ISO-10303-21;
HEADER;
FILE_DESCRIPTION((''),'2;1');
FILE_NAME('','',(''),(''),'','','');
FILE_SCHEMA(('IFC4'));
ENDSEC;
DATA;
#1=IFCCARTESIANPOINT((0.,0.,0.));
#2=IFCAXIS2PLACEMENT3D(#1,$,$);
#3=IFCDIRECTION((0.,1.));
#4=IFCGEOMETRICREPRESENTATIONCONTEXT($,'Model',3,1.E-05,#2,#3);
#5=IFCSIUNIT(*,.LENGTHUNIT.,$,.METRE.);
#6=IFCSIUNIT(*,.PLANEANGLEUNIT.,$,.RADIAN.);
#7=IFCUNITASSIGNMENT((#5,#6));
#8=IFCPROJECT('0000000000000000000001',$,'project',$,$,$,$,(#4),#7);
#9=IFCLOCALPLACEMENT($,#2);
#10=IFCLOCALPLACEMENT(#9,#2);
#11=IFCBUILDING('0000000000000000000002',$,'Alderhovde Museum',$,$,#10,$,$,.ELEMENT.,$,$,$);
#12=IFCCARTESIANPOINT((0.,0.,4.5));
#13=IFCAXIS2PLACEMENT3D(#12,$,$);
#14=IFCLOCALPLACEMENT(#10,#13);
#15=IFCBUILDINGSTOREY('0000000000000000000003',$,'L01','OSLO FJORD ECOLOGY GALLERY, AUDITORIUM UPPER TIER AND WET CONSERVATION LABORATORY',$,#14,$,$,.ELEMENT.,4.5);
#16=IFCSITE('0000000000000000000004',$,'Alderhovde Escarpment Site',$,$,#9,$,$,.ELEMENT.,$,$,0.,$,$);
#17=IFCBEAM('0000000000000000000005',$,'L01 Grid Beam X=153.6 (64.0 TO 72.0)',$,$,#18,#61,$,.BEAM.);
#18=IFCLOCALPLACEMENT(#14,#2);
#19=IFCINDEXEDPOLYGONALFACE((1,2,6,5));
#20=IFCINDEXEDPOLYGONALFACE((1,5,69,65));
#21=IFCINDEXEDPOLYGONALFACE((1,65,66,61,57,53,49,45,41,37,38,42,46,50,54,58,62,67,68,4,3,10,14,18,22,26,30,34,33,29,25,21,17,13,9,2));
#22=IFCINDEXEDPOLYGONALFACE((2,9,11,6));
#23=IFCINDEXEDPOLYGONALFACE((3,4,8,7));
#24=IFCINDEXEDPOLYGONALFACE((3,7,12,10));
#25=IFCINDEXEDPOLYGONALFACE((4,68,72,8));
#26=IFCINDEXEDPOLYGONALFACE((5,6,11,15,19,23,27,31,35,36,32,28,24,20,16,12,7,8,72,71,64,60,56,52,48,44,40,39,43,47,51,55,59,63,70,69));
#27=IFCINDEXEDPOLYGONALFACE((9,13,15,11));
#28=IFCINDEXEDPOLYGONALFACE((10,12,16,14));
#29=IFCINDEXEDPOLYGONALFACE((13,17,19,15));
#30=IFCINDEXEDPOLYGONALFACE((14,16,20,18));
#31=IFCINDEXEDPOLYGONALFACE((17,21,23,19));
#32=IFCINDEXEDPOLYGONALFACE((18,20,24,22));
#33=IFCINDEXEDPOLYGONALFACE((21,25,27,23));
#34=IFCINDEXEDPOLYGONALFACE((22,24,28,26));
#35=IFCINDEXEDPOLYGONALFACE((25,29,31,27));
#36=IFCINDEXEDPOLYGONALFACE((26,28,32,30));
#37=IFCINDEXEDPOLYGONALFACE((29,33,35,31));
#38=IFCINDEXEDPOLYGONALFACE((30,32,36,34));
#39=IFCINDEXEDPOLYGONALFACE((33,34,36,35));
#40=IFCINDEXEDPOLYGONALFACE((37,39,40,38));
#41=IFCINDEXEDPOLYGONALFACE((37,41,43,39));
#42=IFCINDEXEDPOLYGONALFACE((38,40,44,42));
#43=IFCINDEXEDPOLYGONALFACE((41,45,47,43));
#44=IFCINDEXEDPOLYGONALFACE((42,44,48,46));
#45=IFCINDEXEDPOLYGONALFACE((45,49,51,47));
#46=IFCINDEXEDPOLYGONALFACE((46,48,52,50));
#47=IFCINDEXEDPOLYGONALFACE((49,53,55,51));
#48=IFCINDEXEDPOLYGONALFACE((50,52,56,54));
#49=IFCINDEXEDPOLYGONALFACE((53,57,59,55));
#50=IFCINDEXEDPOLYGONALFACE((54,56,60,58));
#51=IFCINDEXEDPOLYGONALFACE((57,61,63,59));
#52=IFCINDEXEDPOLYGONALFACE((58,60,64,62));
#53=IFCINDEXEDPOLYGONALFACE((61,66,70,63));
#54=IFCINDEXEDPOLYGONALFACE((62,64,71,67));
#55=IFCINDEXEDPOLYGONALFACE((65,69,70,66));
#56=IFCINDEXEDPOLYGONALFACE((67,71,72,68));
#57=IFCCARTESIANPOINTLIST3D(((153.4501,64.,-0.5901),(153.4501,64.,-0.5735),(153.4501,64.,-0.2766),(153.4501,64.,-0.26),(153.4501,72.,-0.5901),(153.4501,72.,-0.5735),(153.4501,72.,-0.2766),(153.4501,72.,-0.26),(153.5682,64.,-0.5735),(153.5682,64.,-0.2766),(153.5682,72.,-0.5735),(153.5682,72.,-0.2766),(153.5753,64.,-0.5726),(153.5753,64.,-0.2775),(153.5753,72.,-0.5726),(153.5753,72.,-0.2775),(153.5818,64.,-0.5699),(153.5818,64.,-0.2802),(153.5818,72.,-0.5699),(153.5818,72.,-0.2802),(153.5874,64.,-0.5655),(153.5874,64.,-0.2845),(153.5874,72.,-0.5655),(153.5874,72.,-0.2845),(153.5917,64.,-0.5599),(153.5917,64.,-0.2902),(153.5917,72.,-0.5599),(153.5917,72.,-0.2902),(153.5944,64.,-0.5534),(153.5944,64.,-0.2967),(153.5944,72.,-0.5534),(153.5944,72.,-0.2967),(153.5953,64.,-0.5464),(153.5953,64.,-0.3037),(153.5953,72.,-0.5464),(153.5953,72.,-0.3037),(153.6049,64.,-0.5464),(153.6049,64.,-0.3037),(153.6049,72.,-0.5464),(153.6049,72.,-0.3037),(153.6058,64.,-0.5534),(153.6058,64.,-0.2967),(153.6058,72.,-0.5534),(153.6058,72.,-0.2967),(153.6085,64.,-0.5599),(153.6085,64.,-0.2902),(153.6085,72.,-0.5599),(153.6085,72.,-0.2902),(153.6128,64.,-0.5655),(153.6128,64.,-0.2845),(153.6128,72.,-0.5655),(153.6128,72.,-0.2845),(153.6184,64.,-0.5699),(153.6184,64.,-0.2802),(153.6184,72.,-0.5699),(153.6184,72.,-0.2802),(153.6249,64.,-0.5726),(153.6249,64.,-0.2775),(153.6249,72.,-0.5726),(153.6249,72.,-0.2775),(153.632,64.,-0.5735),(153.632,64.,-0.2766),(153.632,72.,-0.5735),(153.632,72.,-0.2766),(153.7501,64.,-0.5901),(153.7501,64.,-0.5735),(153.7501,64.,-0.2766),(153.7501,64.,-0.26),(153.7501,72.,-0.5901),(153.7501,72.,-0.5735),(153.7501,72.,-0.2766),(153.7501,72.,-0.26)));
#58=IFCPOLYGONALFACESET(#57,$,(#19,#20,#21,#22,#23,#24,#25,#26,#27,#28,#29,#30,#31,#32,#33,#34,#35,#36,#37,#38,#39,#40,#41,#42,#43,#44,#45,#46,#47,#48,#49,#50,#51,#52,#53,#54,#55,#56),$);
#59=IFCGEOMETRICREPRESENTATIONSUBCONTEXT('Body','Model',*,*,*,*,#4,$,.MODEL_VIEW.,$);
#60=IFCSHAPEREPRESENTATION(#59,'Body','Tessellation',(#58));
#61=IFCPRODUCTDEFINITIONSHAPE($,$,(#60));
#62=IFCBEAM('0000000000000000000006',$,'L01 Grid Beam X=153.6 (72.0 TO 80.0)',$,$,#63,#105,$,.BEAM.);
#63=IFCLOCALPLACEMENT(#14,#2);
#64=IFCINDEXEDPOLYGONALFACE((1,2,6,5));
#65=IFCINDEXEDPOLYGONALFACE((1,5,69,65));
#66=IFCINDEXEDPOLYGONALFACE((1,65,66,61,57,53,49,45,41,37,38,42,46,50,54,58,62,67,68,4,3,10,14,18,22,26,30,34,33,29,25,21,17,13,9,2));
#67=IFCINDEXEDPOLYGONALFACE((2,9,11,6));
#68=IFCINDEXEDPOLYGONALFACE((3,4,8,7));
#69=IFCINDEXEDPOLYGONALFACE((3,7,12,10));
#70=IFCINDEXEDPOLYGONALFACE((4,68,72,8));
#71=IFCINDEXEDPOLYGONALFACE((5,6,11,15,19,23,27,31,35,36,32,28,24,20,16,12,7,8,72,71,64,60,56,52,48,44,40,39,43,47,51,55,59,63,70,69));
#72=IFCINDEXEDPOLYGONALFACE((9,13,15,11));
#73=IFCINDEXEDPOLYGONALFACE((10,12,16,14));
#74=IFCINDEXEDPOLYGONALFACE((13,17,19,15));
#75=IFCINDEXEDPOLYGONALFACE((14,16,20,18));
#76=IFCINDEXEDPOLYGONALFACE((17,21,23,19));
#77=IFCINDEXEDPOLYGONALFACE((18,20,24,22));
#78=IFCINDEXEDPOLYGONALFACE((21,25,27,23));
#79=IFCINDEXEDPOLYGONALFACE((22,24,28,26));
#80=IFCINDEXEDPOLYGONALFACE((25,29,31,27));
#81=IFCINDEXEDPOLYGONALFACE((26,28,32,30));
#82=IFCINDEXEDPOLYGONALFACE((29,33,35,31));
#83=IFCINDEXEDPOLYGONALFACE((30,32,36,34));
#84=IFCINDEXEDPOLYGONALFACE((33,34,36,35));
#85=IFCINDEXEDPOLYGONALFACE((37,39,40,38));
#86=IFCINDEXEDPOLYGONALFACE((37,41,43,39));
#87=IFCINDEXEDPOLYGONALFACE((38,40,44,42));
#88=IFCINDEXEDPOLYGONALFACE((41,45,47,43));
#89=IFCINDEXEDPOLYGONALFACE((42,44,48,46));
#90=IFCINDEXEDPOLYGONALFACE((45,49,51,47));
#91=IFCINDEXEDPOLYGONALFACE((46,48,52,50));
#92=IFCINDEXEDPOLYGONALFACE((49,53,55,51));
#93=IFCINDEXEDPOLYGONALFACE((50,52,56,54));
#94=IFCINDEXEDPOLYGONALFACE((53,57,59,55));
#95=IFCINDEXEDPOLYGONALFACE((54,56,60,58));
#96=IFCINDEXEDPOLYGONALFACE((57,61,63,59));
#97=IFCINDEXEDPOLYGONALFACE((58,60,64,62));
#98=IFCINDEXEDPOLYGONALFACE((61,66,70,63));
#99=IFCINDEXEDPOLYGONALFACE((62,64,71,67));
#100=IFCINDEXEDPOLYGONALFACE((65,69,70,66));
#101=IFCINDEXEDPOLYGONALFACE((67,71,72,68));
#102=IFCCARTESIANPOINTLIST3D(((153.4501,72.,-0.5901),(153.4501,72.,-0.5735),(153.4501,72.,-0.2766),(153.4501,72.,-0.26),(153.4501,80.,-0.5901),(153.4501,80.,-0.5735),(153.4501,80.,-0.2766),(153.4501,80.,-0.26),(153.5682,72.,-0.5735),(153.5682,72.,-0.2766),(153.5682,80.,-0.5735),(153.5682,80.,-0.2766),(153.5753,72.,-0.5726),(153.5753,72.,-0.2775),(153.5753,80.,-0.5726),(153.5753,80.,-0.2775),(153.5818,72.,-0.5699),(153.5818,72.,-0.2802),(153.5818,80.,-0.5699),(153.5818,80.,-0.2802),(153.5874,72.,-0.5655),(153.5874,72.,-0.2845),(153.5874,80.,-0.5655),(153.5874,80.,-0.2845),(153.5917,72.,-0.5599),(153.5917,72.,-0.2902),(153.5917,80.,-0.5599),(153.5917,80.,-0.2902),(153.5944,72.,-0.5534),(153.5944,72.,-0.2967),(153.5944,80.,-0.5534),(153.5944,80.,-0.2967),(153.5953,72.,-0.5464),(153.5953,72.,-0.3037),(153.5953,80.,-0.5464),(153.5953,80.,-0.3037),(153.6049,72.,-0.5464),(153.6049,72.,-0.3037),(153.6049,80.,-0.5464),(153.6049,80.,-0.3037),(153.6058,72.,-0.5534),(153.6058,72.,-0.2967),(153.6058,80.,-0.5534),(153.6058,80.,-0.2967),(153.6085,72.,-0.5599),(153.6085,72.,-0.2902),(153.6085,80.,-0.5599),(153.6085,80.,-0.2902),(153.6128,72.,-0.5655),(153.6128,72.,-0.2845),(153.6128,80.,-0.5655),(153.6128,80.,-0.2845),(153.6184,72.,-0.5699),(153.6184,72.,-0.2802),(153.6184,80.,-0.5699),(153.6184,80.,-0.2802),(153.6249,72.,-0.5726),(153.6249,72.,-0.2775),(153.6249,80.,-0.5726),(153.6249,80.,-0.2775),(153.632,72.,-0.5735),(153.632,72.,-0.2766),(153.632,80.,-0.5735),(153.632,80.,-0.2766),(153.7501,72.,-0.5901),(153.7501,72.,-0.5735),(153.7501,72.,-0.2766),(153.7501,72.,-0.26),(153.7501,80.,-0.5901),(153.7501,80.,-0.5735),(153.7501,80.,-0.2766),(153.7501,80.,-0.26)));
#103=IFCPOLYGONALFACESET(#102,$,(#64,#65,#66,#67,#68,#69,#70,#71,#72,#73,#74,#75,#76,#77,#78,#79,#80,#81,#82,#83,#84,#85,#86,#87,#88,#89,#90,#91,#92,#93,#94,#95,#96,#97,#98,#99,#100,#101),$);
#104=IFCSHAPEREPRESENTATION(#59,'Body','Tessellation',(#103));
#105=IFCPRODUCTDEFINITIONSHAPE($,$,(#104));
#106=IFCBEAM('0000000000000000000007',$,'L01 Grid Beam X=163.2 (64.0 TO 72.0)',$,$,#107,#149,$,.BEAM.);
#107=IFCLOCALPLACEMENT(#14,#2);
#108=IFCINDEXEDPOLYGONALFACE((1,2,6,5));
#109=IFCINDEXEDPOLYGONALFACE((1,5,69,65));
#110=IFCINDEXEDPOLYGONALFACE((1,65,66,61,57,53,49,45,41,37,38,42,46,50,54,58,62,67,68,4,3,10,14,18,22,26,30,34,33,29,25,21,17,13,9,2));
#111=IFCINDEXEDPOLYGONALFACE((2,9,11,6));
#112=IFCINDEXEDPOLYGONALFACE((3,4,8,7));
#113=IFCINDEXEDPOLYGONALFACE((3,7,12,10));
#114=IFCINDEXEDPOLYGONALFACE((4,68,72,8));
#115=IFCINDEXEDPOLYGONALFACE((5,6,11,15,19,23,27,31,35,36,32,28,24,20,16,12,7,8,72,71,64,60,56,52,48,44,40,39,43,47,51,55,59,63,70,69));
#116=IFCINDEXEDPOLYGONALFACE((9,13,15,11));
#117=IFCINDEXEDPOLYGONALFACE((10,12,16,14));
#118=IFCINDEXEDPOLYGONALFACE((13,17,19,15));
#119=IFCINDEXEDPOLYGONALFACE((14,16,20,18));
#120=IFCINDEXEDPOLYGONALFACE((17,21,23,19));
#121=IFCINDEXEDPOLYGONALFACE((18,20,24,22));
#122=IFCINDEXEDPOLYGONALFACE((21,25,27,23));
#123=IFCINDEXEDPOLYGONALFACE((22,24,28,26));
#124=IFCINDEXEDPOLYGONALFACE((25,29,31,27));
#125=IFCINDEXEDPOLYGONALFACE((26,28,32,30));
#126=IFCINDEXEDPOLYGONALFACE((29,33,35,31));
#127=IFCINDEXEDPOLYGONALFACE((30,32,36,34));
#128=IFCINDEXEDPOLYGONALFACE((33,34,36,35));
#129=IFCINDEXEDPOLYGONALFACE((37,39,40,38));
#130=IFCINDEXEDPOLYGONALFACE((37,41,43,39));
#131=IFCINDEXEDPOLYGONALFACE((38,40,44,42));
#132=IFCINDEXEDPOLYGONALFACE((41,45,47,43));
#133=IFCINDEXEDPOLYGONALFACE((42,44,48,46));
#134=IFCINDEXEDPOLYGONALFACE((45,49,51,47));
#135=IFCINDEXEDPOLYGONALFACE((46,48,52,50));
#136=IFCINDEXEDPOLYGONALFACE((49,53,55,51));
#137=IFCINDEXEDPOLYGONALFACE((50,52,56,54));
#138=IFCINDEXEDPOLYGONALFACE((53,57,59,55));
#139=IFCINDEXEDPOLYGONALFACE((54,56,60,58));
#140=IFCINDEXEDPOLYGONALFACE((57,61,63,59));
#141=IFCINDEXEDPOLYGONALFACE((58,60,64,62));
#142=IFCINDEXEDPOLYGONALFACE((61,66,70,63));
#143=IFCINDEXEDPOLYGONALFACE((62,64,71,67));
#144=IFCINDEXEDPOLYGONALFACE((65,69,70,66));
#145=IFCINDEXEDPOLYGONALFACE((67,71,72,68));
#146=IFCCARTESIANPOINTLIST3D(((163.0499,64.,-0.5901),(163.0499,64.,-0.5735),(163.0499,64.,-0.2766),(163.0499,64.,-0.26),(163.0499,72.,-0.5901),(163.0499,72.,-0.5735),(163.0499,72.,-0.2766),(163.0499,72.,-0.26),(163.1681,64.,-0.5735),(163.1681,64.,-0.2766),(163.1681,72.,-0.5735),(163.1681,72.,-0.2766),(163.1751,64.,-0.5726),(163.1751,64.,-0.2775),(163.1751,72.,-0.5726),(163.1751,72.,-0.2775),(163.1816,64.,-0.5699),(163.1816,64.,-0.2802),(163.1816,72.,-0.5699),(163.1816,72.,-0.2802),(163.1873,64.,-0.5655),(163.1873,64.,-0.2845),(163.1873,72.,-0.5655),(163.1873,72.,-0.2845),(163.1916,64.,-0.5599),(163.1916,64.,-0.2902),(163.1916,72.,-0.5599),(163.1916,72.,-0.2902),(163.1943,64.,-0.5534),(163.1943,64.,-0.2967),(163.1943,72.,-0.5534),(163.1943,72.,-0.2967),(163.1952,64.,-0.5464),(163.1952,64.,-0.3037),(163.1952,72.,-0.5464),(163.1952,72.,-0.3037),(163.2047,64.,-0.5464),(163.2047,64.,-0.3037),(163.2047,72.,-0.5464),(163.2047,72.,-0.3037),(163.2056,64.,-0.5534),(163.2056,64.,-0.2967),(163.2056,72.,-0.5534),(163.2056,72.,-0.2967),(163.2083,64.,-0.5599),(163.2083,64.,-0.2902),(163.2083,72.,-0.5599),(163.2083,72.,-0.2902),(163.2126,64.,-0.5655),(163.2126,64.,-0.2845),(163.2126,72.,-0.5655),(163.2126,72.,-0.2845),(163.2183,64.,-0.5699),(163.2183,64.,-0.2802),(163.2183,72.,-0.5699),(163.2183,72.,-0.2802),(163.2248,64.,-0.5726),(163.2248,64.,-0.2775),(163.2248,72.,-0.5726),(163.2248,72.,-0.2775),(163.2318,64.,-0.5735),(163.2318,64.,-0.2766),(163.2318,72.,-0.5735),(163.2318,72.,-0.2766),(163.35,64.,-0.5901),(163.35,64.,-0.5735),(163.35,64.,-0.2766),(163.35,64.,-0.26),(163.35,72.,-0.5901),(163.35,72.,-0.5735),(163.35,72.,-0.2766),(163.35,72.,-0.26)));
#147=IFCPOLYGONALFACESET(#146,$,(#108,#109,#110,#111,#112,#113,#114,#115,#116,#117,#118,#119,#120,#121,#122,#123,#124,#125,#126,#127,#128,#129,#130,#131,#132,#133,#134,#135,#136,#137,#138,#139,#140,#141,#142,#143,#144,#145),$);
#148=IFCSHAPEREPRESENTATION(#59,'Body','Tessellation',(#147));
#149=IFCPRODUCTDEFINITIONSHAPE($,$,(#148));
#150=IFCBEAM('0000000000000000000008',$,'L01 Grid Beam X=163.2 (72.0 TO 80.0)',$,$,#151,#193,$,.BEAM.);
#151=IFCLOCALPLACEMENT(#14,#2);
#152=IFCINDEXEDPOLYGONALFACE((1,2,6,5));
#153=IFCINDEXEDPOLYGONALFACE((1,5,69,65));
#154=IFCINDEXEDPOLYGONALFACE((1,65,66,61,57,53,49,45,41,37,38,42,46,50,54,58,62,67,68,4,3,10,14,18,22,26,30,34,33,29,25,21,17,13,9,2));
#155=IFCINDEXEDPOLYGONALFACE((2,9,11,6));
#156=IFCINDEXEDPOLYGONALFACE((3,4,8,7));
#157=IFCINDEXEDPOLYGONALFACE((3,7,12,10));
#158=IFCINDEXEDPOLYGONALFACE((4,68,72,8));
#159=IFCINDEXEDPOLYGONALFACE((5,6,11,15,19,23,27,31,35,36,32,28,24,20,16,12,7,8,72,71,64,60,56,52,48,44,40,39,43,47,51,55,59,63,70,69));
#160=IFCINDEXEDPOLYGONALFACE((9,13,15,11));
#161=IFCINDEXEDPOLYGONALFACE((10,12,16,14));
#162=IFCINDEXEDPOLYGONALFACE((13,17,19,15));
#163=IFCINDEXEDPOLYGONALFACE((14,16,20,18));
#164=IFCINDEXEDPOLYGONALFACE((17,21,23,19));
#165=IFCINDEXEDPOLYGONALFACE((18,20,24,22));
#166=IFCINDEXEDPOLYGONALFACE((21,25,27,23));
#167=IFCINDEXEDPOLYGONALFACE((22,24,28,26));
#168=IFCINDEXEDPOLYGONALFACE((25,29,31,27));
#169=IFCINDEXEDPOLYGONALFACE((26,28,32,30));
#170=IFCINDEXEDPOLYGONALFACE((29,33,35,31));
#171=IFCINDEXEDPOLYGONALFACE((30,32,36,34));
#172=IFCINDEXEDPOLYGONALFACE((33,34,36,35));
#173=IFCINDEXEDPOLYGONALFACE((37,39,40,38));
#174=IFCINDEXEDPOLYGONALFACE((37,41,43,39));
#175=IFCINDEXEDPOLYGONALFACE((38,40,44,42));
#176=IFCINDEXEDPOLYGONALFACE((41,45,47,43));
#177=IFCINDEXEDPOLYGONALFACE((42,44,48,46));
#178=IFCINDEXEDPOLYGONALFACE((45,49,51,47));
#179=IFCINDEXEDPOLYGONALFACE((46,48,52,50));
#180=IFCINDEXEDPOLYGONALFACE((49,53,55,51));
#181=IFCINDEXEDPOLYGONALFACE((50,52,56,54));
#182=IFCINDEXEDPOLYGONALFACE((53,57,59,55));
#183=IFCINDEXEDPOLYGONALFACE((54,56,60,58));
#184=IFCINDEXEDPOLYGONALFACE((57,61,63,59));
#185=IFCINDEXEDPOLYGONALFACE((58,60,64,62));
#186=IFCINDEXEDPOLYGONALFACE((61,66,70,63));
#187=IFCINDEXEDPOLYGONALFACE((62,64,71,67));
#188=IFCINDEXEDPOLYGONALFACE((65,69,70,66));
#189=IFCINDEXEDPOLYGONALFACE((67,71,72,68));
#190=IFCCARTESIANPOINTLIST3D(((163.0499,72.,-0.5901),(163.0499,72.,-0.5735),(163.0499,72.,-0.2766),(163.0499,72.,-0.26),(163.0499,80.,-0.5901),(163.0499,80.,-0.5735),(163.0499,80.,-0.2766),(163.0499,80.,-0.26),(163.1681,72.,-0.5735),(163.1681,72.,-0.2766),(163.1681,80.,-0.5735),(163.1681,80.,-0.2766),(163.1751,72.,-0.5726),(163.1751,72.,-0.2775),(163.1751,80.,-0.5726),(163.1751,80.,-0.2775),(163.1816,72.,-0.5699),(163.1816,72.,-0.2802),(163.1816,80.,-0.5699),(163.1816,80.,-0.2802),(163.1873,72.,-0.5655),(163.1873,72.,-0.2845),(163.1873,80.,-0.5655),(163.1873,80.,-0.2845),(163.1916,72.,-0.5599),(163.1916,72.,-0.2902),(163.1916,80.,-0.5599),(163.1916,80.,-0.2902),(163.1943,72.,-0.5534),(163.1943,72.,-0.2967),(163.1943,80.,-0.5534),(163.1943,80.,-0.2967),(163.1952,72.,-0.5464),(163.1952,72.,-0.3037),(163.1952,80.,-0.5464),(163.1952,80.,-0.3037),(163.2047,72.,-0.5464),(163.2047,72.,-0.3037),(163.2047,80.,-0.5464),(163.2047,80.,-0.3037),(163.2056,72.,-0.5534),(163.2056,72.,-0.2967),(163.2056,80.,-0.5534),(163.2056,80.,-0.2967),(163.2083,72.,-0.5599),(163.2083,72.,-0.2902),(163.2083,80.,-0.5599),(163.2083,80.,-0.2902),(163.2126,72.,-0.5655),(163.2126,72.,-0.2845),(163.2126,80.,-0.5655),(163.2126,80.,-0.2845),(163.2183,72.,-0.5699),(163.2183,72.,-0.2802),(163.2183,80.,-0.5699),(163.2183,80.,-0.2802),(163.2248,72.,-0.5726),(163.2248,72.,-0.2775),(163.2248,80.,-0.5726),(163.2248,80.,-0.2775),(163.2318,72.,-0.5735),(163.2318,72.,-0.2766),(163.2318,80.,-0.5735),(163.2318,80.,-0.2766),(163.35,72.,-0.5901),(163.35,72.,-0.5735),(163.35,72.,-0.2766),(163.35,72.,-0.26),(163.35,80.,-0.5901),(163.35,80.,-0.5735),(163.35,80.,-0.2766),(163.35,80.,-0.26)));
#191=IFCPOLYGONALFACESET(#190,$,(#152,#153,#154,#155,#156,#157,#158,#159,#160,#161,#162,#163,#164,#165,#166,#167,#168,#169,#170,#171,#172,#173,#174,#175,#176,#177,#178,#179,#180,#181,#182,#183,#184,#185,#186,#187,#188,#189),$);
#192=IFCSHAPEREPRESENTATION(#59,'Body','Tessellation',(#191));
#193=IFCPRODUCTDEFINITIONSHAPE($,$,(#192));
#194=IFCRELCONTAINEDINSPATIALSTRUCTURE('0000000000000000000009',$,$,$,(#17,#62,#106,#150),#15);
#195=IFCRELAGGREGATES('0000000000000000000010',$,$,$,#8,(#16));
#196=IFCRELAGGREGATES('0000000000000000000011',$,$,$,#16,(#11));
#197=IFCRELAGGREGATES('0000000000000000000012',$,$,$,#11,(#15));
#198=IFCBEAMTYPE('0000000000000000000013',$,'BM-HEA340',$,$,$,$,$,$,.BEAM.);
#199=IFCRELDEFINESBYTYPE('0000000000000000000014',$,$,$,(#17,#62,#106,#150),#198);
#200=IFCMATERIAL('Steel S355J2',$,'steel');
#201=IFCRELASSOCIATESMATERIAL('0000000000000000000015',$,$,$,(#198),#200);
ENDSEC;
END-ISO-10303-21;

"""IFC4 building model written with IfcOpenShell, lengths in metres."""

from ifc_helpers import new_model, si_unit, direction, frame, origin, origin_2d, place, context, subcontext, project, spatial, i_section, extrude, material, material_profile, profile_set, type_object, element, save


model = new_model("IFC4")

# Units and contexts
model_context = context("Model", 3, precision=1e-05, world=origin(), true_north=direction((0.0, 1.0)))
body_context = subcontext(model_context, "Body", "Model", "MODEL_VIEW")
ifc_project = project(units=[si_unit("LENGTHUNIT", "METRE"), si_unit("PLANEANGLEUNIT", "RADIAN")], contexts=[model_context])

# Site, building, storey
site_placement = place(None, origin())
site = spatial("IfcSite", under=ifc_project, at=site_placement, Name="Alderhovde Escarpment Site", CompositionType="ELEMENT", RefElevation=0.0)
building_placement = place(site_placement, origin())
building = spatial("IfcBuilding", under=site, at=building_placement, Name="Alderhovde Museum", CompositionType="ELEMENT")
storey_placement = place(building_placement, frame((0.0, 0.0, 4.5)))
storey = spatial("IfcBuildingStorey", under=building, at=storey_placement, Name="L01", Description="OSLO FJORD ECOLOGY GALLERY, AUDITORIUM UPPER TIER AND WET CONSERVATION LABORATORY", CompositionType="ELEMENT", Elevation=4.5)

# Beams
ifc_material_1 = material(Name="Steel S355J2", Category="steel")
ifc_material_profile_1 = material_profile(ifc_material_1, i_section(OverallWidth=0.3, OverallDepth=0.3301, WebThickness=0.0095, FlangeThickness=0.0166, FilletRadius=0.0271, at=origin_2d()), Name="HEA 340")
ifc_profile_set_1 = profile_set([ifc_material_profile_1], Name="Steel S355J2")
beam_type_1 = type_object("IfcBeamType", Name="BM-HEA340", PredefinedType="BEAM", material=ifc_profile_set_1)
for number, where, z_axis, x_axis, name in (
    (1, (153.6001, 64.0, -0.425), (0.0, 1.0, 0.0), (-1.0, 0.0, 0.0), "L01 Grid Beam X=153.6 (64.0 TO 72.0)"),
    (2, (153.6001, 72.0, -0.425), (0.0, 1.0, 0.0), (-1.0, 0.0, 0.0), "L01 Grid Beam X=153.6 (72.0 TO 80.0)"),
    (3, (163.2, 64.0, -0.425), (0.0, 1.0, 0.0), (-1.0, 0.0, 0.0), "L01 Grid Beam X=163.2 (64.0 TO 72.0)"),
    (4, (163.2, 72.0, -0.425), (0.0, 1.0, 0.0), (-1.0, 0.0, 0.0), "L01 Grid Beam X=163.2 (72.0 TO 80.0)"),
):
    element("IfcBeam", number, at=place(storey_placement, frame(where, z_axis=z_axis, x_axis=x_axis)), inside=storey, type_object=beam_type_1, Name=name, PredefinedType="BEAM", context=body_context, shape_type="SweptSolid", body=[
        extrude(i_section(OverallWidth=0.3, OverallDepth=0.3301, WebThickness=0.0095, FlangeThickness=0.0166, FilletRadius=0.0271, at=origin_2d()), origin(), (0.0, 0.0, 1.0), 8.0),
    ])

save(model, "model.ifc")
